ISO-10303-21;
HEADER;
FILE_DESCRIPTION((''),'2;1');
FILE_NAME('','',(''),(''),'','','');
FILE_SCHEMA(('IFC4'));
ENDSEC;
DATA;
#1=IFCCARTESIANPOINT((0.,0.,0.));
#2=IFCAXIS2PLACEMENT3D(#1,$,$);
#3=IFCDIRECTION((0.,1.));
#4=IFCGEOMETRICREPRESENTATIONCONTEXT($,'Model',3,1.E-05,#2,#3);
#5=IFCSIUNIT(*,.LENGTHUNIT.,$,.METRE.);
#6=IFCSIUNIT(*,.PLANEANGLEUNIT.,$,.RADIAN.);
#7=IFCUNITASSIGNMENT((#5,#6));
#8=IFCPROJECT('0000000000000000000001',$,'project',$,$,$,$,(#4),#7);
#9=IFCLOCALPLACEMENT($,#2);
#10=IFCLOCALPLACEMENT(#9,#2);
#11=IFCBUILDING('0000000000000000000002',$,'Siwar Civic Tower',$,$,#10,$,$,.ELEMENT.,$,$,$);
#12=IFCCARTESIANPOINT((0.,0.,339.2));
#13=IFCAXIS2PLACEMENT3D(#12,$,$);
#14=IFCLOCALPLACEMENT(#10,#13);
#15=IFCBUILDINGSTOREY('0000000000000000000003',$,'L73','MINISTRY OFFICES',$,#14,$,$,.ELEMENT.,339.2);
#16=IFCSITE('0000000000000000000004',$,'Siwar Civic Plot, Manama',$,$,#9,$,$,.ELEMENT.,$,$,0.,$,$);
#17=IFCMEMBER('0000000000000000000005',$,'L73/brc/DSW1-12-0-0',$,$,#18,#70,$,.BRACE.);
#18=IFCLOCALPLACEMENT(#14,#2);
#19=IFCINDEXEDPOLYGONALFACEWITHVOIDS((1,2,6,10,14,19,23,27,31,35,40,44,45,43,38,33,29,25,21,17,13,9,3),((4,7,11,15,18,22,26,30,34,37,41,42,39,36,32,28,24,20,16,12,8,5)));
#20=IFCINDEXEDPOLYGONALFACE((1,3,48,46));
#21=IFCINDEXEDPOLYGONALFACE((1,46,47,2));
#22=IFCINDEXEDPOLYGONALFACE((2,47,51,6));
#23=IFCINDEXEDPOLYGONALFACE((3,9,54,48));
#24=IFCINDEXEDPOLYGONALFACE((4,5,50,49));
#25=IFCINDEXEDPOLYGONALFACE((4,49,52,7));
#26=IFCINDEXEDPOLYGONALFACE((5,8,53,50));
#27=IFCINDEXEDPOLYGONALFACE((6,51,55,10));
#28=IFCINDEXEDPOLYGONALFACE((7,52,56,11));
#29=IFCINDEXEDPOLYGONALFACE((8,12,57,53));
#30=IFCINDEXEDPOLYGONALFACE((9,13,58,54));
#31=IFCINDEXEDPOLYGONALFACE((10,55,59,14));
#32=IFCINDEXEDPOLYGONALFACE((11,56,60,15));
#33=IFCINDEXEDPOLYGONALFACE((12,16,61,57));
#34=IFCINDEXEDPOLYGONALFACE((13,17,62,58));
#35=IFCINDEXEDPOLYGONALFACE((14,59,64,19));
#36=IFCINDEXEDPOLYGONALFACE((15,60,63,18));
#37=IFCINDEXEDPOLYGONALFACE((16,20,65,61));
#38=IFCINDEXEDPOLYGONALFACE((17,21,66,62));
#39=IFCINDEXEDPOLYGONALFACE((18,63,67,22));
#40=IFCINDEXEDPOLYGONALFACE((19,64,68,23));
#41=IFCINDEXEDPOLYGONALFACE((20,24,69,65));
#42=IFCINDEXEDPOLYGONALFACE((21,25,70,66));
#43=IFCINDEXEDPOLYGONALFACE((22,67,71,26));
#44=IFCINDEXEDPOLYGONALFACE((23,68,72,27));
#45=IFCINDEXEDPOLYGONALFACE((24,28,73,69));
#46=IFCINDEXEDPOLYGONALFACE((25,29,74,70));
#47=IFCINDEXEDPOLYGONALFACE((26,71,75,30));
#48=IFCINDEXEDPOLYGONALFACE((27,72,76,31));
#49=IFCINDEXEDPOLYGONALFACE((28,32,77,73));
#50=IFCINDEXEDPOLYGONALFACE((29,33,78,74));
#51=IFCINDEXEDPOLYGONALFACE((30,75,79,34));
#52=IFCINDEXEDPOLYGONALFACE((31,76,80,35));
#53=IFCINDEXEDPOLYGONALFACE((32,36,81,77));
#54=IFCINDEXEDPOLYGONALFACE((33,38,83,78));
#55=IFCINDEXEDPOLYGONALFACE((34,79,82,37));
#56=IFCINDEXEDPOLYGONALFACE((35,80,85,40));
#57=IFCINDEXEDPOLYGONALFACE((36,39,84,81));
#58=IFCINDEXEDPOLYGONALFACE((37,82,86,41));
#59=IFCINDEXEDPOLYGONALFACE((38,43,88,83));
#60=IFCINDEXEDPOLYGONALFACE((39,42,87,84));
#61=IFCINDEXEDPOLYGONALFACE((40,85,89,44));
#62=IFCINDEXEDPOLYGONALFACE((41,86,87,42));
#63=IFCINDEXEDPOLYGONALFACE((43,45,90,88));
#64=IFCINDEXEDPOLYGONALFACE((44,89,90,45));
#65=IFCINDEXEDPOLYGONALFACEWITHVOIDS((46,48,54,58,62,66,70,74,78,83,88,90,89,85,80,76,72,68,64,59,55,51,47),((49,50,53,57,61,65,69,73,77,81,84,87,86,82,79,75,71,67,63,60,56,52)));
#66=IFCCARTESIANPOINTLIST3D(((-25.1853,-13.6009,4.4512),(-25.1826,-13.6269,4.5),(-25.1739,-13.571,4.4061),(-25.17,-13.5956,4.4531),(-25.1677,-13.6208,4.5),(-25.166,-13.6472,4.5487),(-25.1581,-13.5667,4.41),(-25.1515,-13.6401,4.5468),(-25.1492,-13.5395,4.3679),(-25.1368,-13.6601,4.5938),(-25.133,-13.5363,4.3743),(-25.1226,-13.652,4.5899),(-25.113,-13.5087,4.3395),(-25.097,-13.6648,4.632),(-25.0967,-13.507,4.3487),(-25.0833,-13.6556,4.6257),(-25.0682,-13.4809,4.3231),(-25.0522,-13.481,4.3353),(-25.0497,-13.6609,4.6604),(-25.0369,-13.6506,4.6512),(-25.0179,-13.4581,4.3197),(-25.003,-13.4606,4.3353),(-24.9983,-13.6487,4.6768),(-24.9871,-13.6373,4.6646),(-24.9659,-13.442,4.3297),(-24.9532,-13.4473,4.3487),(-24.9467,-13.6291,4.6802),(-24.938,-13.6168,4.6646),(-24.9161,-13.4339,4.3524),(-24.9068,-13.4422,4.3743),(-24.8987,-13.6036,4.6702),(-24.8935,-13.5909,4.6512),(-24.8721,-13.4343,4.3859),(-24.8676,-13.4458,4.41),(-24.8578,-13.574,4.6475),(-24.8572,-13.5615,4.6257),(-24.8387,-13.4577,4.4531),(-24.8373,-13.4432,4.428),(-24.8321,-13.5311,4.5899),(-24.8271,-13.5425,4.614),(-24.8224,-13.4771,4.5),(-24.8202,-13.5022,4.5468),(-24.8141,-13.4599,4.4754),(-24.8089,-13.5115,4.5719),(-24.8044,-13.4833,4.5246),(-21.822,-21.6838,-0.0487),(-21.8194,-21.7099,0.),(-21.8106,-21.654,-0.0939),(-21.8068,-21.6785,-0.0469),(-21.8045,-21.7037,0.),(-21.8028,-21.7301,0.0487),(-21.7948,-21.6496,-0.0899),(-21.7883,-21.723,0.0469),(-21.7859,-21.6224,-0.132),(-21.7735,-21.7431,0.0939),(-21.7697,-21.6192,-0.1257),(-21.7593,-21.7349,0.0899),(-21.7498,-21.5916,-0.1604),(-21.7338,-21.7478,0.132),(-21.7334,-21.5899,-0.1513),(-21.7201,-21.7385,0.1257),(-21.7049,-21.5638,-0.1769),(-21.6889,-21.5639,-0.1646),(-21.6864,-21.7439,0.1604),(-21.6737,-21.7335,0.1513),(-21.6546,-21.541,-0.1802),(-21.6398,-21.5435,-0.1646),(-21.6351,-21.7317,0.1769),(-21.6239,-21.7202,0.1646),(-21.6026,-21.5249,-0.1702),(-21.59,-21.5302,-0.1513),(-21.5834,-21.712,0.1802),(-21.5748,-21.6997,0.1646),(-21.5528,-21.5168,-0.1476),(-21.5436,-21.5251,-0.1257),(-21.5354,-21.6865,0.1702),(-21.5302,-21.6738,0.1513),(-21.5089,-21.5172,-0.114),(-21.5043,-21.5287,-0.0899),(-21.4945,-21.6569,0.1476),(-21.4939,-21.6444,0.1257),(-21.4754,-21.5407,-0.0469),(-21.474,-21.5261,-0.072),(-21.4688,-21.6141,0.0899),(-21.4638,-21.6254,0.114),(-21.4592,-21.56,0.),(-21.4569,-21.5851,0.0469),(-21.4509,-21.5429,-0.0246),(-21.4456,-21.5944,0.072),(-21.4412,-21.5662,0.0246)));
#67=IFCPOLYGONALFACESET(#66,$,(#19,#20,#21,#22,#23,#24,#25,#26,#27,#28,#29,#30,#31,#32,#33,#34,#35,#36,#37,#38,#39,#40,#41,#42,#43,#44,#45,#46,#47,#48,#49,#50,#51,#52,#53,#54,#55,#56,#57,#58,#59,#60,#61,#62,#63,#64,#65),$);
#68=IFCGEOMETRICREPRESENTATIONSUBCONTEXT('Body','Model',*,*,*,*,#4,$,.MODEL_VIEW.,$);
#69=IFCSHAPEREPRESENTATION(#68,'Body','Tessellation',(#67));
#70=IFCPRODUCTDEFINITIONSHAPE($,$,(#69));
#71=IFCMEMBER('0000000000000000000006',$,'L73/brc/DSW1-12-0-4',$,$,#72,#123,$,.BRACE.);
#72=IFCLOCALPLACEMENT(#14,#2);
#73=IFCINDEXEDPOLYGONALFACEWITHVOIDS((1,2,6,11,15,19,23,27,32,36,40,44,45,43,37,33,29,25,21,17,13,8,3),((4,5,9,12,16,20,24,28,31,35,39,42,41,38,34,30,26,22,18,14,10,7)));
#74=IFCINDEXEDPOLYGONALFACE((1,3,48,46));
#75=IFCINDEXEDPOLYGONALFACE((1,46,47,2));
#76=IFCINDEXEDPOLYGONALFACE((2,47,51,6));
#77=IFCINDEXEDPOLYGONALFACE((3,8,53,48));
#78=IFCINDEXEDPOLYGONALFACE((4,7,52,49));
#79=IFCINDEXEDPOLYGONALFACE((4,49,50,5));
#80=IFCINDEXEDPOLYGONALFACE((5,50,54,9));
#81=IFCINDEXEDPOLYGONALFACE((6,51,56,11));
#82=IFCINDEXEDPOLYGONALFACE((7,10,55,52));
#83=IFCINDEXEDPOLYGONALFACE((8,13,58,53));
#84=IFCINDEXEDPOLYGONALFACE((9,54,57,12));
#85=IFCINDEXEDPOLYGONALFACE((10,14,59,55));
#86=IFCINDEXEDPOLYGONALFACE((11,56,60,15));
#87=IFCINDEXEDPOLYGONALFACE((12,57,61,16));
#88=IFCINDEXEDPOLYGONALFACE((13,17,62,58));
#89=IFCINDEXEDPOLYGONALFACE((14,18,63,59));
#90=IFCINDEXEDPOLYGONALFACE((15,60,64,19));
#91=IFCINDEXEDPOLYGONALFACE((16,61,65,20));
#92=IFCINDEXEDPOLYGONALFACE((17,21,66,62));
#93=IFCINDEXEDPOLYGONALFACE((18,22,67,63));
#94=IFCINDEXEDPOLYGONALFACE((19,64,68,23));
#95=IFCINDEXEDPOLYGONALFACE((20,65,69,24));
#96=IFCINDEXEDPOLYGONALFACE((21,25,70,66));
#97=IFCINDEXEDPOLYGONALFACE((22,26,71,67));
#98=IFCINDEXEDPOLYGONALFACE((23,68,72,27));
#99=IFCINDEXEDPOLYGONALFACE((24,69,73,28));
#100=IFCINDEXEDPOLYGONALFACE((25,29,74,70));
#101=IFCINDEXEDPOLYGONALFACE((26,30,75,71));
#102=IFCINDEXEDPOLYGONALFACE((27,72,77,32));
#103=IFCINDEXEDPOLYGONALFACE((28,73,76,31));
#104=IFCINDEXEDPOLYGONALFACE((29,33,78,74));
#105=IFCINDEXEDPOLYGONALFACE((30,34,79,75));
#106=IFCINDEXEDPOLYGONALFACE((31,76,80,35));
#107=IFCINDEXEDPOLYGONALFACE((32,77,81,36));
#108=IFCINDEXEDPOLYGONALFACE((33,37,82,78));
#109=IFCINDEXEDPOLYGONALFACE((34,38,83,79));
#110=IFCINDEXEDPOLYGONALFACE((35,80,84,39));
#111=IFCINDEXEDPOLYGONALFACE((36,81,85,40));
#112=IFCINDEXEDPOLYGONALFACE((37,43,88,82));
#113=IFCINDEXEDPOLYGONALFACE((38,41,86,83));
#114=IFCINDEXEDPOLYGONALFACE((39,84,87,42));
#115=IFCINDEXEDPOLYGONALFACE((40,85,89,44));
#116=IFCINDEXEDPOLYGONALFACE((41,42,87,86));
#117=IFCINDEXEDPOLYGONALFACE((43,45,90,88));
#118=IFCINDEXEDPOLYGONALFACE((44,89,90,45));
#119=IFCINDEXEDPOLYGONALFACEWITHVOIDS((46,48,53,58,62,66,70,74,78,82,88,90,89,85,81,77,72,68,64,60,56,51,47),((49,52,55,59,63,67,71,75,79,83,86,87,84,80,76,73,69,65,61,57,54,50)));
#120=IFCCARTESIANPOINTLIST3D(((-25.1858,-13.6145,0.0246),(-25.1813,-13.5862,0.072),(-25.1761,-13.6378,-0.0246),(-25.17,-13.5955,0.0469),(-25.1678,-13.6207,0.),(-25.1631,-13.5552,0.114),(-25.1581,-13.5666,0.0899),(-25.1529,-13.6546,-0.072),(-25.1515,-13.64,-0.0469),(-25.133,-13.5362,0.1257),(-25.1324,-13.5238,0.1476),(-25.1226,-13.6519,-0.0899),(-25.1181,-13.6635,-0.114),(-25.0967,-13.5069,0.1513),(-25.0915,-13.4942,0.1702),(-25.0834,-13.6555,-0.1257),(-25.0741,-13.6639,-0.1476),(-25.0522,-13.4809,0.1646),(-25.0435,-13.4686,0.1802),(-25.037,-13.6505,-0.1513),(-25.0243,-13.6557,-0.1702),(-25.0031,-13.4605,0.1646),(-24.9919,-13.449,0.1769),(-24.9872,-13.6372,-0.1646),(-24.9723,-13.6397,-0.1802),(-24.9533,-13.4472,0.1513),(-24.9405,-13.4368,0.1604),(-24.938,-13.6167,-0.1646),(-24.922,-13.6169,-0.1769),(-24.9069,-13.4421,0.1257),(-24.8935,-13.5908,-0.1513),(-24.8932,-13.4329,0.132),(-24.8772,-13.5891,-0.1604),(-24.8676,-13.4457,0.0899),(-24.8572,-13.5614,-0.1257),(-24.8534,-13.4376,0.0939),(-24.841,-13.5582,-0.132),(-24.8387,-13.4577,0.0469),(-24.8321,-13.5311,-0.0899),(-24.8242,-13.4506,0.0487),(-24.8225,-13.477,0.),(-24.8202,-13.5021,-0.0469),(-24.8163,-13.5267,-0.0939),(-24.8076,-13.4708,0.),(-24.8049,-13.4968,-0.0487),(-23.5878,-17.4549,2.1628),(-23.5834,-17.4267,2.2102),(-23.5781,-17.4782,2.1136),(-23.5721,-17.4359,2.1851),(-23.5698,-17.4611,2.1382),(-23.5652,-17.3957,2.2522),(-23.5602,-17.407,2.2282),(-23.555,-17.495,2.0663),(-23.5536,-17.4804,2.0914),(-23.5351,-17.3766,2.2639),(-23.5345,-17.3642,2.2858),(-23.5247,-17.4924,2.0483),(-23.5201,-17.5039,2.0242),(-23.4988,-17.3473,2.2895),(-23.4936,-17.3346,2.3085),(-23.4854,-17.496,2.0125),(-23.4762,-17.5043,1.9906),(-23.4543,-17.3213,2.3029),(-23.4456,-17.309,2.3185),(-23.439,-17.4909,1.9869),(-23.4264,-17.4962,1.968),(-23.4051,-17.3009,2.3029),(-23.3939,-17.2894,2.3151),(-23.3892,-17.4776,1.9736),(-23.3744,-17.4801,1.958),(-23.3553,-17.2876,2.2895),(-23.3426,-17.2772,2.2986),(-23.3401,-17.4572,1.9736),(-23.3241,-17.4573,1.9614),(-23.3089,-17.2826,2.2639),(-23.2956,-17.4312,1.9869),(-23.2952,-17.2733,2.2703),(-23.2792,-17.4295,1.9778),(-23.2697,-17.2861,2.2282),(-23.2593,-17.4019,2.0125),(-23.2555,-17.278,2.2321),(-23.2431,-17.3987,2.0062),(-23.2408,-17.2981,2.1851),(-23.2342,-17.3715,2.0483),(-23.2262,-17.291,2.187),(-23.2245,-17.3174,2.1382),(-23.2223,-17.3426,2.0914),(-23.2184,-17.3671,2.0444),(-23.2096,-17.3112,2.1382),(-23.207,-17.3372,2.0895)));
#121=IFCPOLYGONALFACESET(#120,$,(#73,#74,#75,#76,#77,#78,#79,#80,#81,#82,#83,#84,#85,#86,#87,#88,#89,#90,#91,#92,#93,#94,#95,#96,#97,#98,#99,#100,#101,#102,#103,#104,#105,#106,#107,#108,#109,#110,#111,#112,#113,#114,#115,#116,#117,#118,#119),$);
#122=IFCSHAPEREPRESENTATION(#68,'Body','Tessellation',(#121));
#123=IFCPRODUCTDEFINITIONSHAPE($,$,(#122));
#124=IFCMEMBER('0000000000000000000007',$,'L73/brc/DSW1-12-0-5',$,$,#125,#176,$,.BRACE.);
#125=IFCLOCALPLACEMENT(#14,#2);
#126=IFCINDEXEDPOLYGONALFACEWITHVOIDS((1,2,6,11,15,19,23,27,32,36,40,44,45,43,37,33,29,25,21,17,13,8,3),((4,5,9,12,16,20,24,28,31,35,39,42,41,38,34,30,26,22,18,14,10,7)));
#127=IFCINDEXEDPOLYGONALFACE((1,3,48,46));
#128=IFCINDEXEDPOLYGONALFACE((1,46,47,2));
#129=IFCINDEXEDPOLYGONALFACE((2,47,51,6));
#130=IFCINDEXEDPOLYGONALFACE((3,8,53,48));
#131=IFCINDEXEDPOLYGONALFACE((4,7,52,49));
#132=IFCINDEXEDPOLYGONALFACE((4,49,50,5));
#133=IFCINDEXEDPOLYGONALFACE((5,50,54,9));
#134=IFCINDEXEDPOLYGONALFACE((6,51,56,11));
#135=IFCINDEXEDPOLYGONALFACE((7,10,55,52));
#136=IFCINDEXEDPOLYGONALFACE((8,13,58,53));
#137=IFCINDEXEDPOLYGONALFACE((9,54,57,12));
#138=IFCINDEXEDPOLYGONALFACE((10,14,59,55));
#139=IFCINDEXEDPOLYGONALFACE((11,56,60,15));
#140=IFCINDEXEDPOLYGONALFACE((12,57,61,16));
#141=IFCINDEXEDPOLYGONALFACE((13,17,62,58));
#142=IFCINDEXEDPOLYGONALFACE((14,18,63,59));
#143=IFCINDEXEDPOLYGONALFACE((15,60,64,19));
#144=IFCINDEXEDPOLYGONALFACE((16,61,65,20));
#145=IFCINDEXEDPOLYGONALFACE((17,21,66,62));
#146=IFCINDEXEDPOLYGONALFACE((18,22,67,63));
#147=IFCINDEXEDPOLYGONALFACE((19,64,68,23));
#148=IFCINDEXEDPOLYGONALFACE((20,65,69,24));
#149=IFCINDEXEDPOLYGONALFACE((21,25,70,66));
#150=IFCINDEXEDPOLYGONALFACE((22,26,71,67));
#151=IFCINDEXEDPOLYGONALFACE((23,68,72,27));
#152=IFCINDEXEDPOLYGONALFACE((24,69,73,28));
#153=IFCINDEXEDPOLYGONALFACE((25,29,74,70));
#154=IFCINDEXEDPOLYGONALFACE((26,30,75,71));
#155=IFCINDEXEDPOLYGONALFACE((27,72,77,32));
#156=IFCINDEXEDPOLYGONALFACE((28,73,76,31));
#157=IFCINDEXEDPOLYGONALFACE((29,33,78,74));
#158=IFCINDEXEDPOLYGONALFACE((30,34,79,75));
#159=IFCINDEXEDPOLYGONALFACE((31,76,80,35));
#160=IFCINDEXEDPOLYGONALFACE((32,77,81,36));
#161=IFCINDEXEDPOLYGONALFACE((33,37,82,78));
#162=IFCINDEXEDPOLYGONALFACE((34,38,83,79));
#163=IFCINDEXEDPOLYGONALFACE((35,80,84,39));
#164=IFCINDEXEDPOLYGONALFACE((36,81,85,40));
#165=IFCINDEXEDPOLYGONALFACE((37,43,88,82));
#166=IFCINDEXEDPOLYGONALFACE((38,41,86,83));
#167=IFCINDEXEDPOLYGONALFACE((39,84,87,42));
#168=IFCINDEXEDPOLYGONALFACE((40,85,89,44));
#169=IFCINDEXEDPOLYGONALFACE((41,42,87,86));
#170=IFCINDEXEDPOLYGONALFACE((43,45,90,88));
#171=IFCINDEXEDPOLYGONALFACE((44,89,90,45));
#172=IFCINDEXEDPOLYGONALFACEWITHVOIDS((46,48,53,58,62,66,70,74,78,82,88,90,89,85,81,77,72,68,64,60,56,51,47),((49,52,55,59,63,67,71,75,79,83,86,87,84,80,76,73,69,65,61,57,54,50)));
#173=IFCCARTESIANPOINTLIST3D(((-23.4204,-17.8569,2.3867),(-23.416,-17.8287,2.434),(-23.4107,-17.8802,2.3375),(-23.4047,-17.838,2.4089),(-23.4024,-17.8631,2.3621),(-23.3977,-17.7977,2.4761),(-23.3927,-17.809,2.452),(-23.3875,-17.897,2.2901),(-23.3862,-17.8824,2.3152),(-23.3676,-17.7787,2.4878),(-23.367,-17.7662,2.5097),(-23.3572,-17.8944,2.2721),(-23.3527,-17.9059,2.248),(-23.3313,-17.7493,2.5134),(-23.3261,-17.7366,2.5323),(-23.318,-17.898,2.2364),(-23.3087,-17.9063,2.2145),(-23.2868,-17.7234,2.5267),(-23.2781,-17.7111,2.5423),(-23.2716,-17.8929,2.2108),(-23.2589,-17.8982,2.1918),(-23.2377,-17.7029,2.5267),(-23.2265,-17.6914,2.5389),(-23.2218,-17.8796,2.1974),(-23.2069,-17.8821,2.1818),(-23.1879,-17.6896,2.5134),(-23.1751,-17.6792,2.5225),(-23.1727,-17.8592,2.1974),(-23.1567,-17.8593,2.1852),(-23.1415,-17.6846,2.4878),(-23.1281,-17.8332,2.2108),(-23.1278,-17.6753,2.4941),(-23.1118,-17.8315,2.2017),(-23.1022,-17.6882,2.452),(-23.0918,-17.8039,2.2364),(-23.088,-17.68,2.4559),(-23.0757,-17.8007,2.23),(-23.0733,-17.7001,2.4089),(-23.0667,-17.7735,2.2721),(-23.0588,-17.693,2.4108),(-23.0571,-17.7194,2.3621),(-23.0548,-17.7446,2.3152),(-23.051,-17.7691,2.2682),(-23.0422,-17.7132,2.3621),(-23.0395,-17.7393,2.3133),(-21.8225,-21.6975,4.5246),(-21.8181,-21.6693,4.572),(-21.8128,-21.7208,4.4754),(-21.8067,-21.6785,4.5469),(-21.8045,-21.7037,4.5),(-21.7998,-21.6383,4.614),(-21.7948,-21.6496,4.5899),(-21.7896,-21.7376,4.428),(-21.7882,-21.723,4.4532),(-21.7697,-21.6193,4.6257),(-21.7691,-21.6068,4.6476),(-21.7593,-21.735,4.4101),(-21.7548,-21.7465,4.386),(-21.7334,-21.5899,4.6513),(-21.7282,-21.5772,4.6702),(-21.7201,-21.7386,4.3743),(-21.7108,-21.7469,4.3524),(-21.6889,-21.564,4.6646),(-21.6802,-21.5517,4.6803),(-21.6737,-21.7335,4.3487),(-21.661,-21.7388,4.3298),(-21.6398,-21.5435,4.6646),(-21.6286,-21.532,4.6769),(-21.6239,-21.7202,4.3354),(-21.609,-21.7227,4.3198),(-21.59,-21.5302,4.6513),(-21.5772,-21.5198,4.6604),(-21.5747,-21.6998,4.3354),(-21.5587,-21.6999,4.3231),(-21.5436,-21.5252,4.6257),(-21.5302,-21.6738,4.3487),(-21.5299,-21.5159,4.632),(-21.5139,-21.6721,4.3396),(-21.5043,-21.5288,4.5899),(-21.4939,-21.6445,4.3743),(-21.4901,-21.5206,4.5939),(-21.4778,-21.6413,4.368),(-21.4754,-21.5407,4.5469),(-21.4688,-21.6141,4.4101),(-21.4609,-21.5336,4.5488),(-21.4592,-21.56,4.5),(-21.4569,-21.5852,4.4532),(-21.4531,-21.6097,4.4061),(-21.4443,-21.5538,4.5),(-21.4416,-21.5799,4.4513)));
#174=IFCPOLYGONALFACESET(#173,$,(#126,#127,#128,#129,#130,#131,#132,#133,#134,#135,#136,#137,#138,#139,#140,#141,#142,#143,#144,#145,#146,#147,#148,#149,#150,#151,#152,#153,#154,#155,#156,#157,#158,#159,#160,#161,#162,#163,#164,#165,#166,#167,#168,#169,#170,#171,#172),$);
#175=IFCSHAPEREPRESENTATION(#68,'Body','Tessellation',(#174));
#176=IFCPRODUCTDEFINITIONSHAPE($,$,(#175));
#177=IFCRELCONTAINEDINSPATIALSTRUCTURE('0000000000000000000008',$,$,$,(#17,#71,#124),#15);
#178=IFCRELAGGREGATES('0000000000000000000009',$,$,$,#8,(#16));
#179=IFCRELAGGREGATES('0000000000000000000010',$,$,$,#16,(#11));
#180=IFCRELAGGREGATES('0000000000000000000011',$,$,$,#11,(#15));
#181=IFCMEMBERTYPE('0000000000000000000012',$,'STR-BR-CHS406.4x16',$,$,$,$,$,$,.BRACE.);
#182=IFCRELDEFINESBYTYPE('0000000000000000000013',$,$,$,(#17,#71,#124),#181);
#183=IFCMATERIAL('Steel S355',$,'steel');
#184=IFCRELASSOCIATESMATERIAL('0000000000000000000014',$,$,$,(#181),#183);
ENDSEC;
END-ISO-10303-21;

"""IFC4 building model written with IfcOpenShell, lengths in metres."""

from ifc_helpers import new_model, si_unit, direction, frame, origin, origin_2d, place, context, subcontext, project, spatial, hollow_circle, extrude, material, material_profile, profile_set, type_object, element, save


model = new_model("IFC4")

# Units and contexts
model_context = context("Model", 3, precision=1e-05, world=origin(), true_north=direction((0.0, 1.0)))
body_context = subcontext(model_context, "Body", "Model", "MODEL_VIEW")
ifc_project = project(units=[si_unit("LENGTHUNIT", "METRE"), si_unit("PLANEANGLEUNIT", "RADIAN")], contexts=[model_context])

# Site, building, storey
site_placement = place(None, origin())
site = spatial("IfcSite", under=ifc_project, at=site_placement, Name="Siwar Civic Plot, Manama", CompositionType="ELEMENT", RefElevation=0.0)
building_placement = place(site_placement, origin())
building = spatial("IfcBuilding", under=site, at=building_placement, Name="Siwar Civic Tower", CompositionType="ELEMENT")
storey_placement = place(building_placement, frame((0.0, 0.0, 339.2)))
storey = spatial("IfcBuildingStorey", under=building, at=storey_placement, Name="L73", Description="MINISTRY OFFICES", CompositionType="ELEMENT", Elevation=339.2)

# Members
ifc_material_1 = material(Name="Steel S355", Category="steel")
ifc_material_profile_1 = material_profile(ifc_material_1, hollow_circle(Radius=0.2031, WallThickness=0.0161, at=origin_2d()), Name="CHS406.4x16")
ifc_profile_set_1 = profile_set([ifc_material_profile_1], Name="Steel S355")
member_type_1 = type_object("IfcMemberType", Name="STR-BR-CHS406.4x16", PredefinedType="BRACE", material=ifc_profile_set_1)
member_1_placement = place(storey_placement, frame((-21.6318, -21.6318, 0.0), z_axis=(-0.341671, 0.821143, 0.457149), x_axis=(-0.923265, -0.384164, 0.0)))
element("IfcMember", 1, at=member_1_placement, inside=storey, type_object=member_type_1, Name="L73/brc/DSW1-12-0-0", PredefinedType="BRACE", context=body_context, shape_type="SweptSolid", body=[
    extrude(hollow_circle(Radius=0.2031, WallThickness=0.0161, at=origin_2d()), origin(), (0.0, 0.0, 1.0), 9.8435),
])
for number, where, z_axis, x_axis, name in (
    (2, (-24.9951, -13.5488, 0.0), (0.341659, -0.82113, 0.457181), (0.923268, 0.384157, 0.0), "L73/brc/DSW1-12-0-4"),
    (3, (-23.2297, -17.7913, 2.3621), (0.341653, -0.821167, 0.45712), (0.923276, 0.384136, 0.0), "L73/brc/DSW1-12-0-5"),
):
    element("IfcMember", number, at=place(storey_placement, frame(where, z_axis=z_axis, x_axis=x_axis)), inside=storey, type_object=member_type_1, Name=name, PredefinedType="BRACE", context=body_context, shape_type="SweptSolid", body=[
        extrude(hollow_circle(Radius=0.2031, WallThickness=0.0161, at=origin_2d()), origin(), (0.0, 0.0, 1.0), 4.677),
    ])

save(model, "model.ifc")
